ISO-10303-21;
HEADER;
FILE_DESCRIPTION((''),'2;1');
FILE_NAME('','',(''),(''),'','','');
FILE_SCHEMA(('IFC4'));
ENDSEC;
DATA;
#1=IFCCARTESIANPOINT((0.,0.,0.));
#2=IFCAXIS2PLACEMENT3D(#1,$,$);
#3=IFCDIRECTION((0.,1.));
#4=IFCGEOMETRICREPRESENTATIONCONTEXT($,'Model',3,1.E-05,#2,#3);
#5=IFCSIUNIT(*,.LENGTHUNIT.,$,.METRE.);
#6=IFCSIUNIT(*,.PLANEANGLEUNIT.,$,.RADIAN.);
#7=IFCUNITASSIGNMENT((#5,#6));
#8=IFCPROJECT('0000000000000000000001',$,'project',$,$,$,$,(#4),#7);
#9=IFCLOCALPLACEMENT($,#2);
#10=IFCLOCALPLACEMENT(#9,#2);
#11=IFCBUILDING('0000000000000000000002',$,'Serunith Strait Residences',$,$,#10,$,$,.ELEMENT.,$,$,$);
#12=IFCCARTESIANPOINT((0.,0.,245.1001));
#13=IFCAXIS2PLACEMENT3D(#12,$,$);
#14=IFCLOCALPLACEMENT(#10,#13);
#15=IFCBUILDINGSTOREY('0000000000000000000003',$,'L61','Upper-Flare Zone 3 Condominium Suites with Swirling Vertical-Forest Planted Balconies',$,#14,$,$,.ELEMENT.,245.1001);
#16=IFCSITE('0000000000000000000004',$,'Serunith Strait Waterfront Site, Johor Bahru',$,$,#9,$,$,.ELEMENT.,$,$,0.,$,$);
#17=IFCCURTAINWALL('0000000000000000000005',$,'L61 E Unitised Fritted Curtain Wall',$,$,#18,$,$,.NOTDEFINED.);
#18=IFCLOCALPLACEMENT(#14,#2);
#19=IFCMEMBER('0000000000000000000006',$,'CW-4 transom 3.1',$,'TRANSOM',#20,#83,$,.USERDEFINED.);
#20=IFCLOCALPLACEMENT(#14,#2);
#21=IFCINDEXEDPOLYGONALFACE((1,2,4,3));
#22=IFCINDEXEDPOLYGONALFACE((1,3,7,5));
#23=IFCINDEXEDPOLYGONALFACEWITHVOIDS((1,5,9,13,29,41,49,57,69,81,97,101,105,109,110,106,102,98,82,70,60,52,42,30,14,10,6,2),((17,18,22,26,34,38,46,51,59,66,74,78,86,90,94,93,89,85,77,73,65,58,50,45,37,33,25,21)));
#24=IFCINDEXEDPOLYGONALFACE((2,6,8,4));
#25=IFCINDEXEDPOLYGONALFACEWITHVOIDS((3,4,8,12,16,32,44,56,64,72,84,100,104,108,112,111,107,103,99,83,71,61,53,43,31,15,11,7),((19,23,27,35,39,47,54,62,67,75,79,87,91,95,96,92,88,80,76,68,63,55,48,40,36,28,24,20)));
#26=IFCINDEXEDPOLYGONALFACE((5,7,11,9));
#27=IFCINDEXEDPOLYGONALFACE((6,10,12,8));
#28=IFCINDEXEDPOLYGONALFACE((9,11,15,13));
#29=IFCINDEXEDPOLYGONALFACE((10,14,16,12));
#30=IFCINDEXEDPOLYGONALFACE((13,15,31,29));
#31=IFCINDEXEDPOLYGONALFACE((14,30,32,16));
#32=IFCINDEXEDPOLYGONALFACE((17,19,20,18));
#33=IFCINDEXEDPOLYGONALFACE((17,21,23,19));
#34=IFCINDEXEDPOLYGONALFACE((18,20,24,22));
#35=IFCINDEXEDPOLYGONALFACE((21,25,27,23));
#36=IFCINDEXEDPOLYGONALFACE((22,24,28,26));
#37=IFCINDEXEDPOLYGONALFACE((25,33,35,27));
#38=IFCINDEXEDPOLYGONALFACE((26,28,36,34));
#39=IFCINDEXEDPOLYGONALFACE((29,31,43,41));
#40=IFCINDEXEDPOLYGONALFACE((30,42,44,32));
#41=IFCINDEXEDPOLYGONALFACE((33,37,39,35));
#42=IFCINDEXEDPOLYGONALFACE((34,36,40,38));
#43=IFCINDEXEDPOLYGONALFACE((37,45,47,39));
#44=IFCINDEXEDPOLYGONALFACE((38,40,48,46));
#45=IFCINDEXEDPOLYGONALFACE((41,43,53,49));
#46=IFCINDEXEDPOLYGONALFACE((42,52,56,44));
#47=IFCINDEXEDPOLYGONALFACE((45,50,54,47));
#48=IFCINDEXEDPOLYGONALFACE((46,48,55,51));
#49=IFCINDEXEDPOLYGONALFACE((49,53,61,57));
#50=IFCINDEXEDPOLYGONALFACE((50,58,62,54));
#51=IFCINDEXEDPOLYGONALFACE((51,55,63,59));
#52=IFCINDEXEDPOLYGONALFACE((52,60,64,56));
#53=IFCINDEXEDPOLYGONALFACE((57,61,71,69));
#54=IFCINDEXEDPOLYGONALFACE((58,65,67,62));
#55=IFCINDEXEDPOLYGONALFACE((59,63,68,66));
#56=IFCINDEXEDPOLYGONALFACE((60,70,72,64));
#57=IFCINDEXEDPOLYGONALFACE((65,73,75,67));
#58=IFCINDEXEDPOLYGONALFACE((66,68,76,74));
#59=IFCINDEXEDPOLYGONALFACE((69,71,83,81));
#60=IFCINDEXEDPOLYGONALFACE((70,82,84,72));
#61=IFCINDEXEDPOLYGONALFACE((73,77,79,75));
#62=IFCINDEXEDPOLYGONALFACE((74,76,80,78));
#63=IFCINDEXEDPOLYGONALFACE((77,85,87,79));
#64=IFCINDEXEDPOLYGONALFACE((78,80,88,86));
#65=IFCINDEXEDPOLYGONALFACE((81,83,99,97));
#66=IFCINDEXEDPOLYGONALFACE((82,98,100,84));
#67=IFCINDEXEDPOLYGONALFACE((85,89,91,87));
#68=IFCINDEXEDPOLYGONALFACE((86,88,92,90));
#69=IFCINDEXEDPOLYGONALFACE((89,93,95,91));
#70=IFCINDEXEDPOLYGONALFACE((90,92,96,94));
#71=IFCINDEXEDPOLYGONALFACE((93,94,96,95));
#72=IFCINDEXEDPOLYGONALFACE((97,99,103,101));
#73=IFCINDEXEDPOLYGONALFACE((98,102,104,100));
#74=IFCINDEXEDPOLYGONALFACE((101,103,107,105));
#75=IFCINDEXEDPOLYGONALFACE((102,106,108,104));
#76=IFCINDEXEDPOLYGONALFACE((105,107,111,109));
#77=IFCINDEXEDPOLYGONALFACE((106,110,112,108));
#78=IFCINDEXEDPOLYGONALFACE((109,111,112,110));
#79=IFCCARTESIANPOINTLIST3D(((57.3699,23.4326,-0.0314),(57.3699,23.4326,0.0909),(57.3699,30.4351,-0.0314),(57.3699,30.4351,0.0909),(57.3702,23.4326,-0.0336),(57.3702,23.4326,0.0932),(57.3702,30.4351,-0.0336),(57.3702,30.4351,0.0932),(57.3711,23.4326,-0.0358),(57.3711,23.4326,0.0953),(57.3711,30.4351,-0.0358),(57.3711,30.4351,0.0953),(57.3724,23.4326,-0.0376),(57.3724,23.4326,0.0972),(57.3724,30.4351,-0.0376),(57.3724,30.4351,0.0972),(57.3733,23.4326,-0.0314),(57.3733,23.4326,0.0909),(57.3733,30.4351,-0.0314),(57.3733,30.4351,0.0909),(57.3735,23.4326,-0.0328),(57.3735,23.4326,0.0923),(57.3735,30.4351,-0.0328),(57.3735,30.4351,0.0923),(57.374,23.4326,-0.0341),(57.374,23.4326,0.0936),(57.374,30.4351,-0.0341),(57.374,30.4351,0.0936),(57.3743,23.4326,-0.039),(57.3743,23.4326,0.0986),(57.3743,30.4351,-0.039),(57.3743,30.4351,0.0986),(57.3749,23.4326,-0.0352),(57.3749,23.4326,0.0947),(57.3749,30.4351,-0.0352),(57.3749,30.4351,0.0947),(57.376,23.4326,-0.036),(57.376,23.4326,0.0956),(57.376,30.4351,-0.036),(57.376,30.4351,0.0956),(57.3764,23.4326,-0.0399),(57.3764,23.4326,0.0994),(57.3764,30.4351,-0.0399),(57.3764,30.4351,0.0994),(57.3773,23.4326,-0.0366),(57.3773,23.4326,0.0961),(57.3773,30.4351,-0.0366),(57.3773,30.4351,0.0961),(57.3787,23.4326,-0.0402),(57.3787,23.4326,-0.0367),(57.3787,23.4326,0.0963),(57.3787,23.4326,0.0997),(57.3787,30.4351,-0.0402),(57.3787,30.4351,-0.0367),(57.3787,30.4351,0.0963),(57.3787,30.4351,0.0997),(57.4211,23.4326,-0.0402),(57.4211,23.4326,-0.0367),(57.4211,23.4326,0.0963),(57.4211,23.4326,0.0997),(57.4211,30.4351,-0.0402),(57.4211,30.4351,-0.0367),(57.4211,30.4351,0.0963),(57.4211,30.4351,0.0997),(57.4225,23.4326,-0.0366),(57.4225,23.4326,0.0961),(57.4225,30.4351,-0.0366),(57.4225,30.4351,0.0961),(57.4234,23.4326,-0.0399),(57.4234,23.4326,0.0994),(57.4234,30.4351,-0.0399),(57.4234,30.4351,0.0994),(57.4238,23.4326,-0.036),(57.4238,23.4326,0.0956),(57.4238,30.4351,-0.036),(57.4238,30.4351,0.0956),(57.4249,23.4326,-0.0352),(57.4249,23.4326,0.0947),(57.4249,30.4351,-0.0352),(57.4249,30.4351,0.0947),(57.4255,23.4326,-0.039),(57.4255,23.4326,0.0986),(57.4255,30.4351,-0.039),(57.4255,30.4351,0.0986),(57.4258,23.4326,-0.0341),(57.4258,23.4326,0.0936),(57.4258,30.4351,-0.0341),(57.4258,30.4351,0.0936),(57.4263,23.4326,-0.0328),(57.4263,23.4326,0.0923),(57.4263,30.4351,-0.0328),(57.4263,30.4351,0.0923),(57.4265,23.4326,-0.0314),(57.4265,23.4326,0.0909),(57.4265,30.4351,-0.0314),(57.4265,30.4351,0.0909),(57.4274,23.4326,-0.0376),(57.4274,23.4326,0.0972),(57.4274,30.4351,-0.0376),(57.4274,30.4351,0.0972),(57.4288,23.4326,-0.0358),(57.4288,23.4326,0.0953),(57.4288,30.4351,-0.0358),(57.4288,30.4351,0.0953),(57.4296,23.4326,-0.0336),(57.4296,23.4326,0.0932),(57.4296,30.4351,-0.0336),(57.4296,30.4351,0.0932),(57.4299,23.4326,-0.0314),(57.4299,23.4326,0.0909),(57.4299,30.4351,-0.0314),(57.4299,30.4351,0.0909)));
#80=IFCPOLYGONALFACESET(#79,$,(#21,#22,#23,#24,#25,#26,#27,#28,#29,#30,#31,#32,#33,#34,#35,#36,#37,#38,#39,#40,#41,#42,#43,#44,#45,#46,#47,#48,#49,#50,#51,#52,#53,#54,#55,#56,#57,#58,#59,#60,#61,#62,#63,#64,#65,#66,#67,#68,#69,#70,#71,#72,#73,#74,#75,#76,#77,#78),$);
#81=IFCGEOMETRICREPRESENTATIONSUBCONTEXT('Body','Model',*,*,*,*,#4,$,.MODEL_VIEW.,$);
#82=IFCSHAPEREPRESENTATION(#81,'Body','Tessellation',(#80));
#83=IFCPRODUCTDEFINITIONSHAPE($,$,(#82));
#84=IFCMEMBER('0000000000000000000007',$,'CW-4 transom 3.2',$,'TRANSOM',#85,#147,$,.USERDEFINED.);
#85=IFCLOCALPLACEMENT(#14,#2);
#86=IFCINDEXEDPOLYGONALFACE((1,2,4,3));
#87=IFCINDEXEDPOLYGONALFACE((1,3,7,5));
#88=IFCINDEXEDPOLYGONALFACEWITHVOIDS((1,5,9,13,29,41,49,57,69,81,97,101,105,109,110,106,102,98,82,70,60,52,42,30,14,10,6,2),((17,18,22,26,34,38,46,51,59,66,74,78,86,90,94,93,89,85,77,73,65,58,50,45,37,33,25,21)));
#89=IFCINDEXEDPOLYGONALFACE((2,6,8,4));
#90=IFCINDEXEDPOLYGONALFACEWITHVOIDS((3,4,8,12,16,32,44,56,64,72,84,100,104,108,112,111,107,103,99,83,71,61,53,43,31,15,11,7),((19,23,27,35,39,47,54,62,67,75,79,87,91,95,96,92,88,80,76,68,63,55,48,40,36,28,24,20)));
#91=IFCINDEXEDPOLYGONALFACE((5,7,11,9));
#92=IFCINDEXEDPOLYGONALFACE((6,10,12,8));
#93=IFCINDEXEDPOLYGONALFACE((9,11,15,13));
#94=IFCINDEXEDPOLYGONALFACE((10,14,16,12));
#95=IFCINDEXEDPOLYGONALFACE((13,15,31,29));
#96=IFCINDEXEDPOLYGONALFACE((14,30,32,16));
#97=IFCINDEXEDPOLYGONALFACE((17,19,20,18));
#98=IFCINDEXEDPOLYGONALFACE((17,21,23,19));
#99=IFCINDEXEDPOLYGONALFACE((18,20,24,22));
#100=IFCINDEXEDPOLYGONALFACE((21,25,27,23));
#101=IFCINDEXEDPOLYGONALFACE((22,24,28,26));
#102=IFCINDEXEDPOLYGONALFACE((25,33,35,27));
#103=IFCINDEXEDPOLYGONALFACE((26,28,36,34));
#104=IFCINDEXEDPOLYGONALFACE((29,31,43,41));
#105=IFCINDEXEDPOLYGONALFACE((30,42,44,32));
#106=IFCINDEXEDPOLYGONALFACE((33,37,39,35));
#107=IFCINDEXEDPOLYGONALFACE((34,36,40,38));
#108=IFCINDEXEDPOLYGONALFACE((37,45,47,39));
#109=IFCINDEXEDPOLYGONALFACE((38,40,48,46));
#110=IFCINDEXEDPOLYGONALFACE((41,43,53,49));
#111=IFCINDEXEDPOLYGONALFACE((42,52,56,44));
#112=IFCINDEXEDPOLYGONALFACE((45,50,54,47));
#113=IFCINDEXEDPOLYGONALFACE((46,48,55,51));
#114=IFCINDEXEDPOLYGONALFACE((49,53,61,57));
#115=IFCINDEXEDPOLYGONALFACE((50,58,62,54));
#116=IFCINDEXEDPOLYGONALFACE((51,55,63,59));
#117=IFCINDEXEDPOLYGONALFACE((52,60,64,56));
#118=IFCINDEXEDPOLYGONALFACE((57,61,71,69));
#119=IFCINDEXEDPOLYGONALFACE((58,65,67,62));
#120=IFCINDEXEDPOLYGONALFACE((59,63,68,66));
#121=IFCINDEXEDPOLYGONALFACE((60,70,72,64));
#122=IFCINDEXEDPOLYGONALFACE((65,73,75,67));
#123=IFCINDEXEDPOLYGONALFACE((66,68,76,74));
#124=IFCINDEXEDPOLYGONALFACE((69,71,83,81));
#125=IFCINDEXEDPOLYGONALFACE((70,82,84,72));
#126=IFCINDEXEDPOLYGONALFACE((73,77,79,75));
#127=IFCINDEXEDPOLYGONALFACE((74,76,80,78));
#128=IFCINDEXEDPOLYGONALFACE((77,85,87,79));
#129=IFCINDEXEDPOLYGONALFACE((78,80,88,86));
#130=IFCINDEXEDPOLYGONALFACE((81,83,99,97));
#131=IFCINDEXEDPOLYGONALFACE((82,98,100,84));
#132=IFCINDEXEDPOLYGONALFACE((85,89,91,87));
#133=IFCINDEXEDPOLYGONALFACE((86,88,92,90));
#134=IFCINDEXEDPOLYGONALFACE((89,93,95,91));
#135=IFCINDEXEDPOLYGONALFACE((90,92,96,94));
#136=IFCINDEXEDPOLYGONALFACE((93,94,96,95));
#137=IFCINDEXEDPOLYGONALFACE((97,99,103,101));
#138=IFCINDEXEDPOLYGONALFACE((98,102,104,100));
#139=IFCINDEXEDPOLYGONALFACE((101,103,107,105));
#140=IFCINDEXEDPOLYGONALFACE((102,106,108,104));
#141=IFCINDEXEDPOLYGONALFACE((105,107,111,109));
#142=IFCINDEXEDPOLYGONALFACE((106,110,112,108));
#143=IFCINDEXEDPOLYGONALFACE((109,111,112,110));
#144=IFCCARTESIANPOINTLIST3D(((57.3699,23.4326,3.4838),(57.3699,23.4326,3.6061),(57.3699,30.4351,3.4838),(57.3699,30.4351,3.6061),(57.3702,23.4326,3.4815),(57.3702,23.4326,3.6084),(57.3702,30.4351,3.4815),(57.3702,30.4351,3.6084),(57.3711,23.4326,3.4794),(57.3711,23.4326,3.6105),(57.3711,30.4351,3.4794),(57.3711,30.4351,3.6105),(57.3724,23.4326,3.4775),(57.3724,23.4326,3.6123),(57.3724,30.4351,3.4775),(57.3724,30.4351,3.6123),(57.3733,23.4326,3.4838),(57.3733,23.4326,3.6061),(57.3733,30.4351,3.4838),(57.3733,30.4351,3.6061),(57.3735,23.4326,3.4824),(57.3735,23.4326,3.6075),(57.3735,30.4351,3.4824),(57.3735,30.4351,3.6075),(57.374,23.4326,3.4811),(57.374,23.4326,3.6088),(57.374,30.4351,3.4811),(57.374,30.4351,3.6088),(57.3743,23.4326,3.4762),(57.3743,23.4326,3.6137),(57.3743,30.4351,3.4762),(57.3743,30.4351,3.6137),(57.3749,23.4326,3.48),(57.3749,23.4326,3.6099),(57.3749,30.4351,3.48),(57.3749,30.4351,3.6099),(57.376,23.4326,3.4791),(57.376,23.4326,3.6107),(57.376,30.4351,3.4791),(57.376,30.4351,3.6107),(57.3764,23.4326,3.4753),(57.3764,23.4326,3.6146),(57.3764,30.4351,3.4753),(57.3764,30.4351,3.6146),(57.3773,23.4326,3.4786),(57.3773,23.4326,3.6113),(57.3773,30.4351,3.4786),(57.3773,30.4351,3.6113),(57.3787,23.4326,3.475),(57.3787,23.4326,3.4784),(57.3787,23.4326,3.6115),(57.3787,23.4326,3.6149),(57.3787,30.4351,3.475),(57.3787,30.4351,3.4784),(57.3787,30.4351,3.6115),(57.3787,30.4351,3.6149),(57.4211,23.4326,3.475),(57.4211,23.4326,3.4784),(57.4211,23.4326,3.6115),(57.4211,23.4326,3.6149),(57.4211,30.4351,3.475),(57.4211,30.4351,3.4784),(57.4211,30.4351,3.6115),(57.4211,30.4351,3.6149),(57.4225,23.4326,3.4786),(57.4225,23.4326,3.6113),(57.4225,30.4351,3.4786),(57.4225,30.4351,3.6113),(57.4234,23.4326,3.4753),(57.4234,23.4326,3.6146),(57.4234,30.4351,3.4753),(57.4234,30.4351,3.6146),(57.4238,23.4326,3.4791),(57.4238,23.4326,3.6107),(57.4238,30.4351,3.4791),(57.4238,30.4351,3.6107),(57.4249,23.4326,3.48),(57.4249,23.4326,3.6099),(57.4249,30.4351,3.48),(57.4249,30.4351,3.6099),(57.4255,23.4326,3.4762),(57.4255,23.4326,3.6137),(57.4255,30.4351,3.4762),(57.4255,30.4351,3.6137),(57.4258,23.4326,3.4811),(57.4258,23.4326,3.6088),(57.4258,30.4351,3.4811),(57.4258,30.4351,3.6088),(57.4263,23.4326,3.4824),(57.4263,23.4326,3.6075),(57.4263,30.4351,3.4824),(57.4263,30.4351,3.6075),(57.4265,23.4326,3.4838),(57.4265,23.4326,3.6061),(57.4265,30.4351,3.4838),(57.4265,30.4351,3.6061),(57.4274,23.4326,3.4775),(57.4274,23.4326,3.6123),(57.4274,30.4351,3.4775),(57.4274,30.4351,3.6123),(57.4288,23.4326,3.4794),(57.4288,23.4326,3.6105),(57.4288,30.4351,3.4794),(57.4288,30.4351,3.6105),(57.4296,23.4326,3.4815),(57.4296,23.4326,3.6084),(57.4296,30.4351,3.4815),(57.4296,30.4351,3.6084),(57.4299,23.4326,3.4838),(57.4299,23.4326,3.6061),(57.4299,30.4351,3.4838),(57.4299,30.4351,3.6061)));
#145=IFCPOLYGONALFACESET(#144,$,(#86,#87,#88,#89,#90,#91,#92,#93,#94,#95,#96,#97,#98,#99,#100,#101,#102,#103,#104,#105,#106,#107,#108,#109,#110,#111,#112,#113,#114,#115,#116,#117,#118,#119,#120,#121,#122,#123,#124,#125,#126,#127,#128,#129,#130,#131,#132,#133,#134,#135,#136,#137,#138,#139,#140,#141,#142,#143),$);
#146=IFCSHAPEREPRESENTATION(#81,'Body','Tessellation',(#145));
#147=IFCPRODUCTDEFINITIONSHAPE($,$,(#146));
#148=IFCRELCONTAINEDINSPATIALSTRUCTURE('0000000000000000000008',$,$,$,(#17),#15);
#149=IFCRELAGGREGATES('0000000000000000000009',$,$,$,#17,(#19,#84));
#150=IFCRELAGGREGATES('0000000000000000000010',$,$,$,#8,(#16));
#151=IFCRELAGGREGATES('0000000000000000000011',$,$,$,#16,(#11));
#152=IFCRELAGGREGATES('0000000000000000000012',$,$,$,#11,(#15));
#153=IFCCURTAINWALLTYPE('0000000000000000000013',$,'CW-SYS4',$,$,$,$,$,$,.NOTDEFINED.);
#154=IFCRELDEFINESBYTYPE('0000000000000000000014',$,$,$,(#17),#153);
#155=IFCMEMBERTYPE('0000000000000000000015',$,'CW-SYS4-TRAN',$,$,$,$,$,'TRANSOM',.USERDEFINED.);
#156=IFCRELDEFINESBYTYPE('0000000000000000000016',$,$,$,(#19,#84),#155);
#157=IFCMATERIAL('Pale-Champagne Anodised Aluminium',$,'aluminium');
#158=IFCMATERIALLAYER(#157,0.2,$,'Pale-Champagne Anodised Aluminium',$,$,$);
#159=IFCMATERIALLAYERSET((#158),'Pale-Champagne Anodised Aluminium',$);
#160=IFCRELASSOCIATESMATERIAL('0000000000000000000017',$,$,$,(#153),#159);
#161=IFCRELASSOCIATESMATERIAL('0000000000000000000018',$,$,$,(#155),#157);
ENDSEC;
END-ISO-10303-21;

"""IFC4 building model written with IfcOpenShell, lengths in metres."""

from ifc_helpers import new_model, si_unit, direction, frame, origin, origin_2d, place, context, subcontext, project, spatial, hollow_rectangle, extrude, source, transform, mapped, material, layer, layer_set, material_profile, profile_set, type_object, element, aggregate, save


model = new_model("IFC4")

# Units and contexts
model_context = context("Model", 3, precision=1e-05, world=origin(), true_north=direction((0.0, 1.0)))
body_context = subcontext(model_context, "Body", "Model", "MODEL_VIEW")
ifc_project = project(units=[si_unit("LENGTHUNIT", "METRE"), si_unit("PLANEANGLEUNIT", "RADIAN")], contexts=[model_context])

# Site, building, storey
site_placement = place(None, origin())
site = spatial("IfcSite", under=ifc_project, at=site_placement, Name="Serunith Strait Waterfront Site, Johor Bahru", CompositionType="ELEMENT", RefElevation=0.0)
building_placement = place(site_placement, origin())
building = spatial("IfcBuilding", under=site, at=building_placement, Name="Serunith Strait Residences", CompositionType="ELEMENT")
storey_placement = place(building_placement, frame((0.0, 0.0, 245.1001)))
storey = spatial("IfcBuildingStorey", under=building, at=storey_placement, Name="L61", Description="Upper-Flare Zone 3 Condominium Suites with Swirling Vertical-Forest Planted Balconies", CompositionType="ELEMENT", Elevation=245.1001)

# Curtain wall, members
ifc_material_1 = material(Name="Pale-Champagne Anodised Aluminium", Category="aluminium")
ifc_layer_1 = layer(ifc_material_1, 0.2, Name="Pale-Champagne Anodised Aluminium")
ifc_layer_set_1 = layer_set([ifc_layer_1], Name="Pale-Champagne Anodised Aluminium")
curtain_wall_type = type_object("IfcCurtainWallType", Name="CW-SYS4", PredefinedType="NOTDEFINED", material=ifc_layer_set_1)
curtain_wall_placement = place(storey_placement, origin())
curtain_wall = element("IfcCurtainWall", 1, at=curtain_wall_placement, inside=storey, type_object=curtain_wall_type, Name="L61 E Unitised Fritted Curtain Wall", PredefinedType="NOTDEFINED")
ifc_material_profile_1 = material_profile(ifc_material_1, hollow_rectangle(XDim=0.0601, YDim=0.1399, WallThickness=0.0034, InnerFilletRadius=0.0054, OuterFilletRadius=0.0088, at=origin_2d()), Name="ALU 140x60x3.5")
ifc_profile_set_1 = profile_set([ifc_material_profile_1], Name="Pale-Champagne Anodised Aluminium")
member_type_1 = type_object("IfcMemberType", Name="CW-SYS4-TRAN", ElementType="TRANSOM", PredefinedType="USERDEFINED", material=ifc_profile_set_1)
shared_shape_1 = source(origin(), body_context, "Body", "SweptSolid", [
    extrude(hollow_rectangle(XDim=0.0601, YDim=0.1399, WallThickness=0.0034, InnerFilletRadius=0.0054, OuterFilletRadius=0.0088, at=origin_2d()), origin(), (0.0, 0.0, 1.0), 7.0024),
])
member_1_placement = place(storey_placement, frame((57.3999, 23.4326, 0.0298), z_axis=(0.0, 1.0, 0.0), x_axis=(-1.0, 0.0, 0.0)))
member_1 = element("IfcMember", 2, at=member_1_placement, type_object=member_type_1, Name="CW-4 transom 3.1", ObjectType="TRANSOM", PredefinedType="USERDEFINED", context=body_context, shape_type="MappedRepresentation", body=[
    mapped(shared_shape_1, transform((0.0, 0.0, 0.0), scale=1.0)),
])
member_2_placement = place(storey_placement, frame((57.3999, 23.4326, 3.5449), z_axis=(0.0, 1.0, 0.0), x_axis=(-1.0, 0.0, 0.0)))
member_2 = element("IfcMember", 3, at=member_2_placement, type_object=member_type_1, Name="CW-4 transom 3.2", ObjectType="TRANSOM", PredefinedType="USERDEFINED", context=body_context, shape_type="MappedRepresentation", body=[
    mapped(shared_shape_1, transform((0.0, 0.0, 0.0), scale=1.0)),
])
aggregate(curtain_wall, [member_1, member_2])

save(model, "model.ifc")
